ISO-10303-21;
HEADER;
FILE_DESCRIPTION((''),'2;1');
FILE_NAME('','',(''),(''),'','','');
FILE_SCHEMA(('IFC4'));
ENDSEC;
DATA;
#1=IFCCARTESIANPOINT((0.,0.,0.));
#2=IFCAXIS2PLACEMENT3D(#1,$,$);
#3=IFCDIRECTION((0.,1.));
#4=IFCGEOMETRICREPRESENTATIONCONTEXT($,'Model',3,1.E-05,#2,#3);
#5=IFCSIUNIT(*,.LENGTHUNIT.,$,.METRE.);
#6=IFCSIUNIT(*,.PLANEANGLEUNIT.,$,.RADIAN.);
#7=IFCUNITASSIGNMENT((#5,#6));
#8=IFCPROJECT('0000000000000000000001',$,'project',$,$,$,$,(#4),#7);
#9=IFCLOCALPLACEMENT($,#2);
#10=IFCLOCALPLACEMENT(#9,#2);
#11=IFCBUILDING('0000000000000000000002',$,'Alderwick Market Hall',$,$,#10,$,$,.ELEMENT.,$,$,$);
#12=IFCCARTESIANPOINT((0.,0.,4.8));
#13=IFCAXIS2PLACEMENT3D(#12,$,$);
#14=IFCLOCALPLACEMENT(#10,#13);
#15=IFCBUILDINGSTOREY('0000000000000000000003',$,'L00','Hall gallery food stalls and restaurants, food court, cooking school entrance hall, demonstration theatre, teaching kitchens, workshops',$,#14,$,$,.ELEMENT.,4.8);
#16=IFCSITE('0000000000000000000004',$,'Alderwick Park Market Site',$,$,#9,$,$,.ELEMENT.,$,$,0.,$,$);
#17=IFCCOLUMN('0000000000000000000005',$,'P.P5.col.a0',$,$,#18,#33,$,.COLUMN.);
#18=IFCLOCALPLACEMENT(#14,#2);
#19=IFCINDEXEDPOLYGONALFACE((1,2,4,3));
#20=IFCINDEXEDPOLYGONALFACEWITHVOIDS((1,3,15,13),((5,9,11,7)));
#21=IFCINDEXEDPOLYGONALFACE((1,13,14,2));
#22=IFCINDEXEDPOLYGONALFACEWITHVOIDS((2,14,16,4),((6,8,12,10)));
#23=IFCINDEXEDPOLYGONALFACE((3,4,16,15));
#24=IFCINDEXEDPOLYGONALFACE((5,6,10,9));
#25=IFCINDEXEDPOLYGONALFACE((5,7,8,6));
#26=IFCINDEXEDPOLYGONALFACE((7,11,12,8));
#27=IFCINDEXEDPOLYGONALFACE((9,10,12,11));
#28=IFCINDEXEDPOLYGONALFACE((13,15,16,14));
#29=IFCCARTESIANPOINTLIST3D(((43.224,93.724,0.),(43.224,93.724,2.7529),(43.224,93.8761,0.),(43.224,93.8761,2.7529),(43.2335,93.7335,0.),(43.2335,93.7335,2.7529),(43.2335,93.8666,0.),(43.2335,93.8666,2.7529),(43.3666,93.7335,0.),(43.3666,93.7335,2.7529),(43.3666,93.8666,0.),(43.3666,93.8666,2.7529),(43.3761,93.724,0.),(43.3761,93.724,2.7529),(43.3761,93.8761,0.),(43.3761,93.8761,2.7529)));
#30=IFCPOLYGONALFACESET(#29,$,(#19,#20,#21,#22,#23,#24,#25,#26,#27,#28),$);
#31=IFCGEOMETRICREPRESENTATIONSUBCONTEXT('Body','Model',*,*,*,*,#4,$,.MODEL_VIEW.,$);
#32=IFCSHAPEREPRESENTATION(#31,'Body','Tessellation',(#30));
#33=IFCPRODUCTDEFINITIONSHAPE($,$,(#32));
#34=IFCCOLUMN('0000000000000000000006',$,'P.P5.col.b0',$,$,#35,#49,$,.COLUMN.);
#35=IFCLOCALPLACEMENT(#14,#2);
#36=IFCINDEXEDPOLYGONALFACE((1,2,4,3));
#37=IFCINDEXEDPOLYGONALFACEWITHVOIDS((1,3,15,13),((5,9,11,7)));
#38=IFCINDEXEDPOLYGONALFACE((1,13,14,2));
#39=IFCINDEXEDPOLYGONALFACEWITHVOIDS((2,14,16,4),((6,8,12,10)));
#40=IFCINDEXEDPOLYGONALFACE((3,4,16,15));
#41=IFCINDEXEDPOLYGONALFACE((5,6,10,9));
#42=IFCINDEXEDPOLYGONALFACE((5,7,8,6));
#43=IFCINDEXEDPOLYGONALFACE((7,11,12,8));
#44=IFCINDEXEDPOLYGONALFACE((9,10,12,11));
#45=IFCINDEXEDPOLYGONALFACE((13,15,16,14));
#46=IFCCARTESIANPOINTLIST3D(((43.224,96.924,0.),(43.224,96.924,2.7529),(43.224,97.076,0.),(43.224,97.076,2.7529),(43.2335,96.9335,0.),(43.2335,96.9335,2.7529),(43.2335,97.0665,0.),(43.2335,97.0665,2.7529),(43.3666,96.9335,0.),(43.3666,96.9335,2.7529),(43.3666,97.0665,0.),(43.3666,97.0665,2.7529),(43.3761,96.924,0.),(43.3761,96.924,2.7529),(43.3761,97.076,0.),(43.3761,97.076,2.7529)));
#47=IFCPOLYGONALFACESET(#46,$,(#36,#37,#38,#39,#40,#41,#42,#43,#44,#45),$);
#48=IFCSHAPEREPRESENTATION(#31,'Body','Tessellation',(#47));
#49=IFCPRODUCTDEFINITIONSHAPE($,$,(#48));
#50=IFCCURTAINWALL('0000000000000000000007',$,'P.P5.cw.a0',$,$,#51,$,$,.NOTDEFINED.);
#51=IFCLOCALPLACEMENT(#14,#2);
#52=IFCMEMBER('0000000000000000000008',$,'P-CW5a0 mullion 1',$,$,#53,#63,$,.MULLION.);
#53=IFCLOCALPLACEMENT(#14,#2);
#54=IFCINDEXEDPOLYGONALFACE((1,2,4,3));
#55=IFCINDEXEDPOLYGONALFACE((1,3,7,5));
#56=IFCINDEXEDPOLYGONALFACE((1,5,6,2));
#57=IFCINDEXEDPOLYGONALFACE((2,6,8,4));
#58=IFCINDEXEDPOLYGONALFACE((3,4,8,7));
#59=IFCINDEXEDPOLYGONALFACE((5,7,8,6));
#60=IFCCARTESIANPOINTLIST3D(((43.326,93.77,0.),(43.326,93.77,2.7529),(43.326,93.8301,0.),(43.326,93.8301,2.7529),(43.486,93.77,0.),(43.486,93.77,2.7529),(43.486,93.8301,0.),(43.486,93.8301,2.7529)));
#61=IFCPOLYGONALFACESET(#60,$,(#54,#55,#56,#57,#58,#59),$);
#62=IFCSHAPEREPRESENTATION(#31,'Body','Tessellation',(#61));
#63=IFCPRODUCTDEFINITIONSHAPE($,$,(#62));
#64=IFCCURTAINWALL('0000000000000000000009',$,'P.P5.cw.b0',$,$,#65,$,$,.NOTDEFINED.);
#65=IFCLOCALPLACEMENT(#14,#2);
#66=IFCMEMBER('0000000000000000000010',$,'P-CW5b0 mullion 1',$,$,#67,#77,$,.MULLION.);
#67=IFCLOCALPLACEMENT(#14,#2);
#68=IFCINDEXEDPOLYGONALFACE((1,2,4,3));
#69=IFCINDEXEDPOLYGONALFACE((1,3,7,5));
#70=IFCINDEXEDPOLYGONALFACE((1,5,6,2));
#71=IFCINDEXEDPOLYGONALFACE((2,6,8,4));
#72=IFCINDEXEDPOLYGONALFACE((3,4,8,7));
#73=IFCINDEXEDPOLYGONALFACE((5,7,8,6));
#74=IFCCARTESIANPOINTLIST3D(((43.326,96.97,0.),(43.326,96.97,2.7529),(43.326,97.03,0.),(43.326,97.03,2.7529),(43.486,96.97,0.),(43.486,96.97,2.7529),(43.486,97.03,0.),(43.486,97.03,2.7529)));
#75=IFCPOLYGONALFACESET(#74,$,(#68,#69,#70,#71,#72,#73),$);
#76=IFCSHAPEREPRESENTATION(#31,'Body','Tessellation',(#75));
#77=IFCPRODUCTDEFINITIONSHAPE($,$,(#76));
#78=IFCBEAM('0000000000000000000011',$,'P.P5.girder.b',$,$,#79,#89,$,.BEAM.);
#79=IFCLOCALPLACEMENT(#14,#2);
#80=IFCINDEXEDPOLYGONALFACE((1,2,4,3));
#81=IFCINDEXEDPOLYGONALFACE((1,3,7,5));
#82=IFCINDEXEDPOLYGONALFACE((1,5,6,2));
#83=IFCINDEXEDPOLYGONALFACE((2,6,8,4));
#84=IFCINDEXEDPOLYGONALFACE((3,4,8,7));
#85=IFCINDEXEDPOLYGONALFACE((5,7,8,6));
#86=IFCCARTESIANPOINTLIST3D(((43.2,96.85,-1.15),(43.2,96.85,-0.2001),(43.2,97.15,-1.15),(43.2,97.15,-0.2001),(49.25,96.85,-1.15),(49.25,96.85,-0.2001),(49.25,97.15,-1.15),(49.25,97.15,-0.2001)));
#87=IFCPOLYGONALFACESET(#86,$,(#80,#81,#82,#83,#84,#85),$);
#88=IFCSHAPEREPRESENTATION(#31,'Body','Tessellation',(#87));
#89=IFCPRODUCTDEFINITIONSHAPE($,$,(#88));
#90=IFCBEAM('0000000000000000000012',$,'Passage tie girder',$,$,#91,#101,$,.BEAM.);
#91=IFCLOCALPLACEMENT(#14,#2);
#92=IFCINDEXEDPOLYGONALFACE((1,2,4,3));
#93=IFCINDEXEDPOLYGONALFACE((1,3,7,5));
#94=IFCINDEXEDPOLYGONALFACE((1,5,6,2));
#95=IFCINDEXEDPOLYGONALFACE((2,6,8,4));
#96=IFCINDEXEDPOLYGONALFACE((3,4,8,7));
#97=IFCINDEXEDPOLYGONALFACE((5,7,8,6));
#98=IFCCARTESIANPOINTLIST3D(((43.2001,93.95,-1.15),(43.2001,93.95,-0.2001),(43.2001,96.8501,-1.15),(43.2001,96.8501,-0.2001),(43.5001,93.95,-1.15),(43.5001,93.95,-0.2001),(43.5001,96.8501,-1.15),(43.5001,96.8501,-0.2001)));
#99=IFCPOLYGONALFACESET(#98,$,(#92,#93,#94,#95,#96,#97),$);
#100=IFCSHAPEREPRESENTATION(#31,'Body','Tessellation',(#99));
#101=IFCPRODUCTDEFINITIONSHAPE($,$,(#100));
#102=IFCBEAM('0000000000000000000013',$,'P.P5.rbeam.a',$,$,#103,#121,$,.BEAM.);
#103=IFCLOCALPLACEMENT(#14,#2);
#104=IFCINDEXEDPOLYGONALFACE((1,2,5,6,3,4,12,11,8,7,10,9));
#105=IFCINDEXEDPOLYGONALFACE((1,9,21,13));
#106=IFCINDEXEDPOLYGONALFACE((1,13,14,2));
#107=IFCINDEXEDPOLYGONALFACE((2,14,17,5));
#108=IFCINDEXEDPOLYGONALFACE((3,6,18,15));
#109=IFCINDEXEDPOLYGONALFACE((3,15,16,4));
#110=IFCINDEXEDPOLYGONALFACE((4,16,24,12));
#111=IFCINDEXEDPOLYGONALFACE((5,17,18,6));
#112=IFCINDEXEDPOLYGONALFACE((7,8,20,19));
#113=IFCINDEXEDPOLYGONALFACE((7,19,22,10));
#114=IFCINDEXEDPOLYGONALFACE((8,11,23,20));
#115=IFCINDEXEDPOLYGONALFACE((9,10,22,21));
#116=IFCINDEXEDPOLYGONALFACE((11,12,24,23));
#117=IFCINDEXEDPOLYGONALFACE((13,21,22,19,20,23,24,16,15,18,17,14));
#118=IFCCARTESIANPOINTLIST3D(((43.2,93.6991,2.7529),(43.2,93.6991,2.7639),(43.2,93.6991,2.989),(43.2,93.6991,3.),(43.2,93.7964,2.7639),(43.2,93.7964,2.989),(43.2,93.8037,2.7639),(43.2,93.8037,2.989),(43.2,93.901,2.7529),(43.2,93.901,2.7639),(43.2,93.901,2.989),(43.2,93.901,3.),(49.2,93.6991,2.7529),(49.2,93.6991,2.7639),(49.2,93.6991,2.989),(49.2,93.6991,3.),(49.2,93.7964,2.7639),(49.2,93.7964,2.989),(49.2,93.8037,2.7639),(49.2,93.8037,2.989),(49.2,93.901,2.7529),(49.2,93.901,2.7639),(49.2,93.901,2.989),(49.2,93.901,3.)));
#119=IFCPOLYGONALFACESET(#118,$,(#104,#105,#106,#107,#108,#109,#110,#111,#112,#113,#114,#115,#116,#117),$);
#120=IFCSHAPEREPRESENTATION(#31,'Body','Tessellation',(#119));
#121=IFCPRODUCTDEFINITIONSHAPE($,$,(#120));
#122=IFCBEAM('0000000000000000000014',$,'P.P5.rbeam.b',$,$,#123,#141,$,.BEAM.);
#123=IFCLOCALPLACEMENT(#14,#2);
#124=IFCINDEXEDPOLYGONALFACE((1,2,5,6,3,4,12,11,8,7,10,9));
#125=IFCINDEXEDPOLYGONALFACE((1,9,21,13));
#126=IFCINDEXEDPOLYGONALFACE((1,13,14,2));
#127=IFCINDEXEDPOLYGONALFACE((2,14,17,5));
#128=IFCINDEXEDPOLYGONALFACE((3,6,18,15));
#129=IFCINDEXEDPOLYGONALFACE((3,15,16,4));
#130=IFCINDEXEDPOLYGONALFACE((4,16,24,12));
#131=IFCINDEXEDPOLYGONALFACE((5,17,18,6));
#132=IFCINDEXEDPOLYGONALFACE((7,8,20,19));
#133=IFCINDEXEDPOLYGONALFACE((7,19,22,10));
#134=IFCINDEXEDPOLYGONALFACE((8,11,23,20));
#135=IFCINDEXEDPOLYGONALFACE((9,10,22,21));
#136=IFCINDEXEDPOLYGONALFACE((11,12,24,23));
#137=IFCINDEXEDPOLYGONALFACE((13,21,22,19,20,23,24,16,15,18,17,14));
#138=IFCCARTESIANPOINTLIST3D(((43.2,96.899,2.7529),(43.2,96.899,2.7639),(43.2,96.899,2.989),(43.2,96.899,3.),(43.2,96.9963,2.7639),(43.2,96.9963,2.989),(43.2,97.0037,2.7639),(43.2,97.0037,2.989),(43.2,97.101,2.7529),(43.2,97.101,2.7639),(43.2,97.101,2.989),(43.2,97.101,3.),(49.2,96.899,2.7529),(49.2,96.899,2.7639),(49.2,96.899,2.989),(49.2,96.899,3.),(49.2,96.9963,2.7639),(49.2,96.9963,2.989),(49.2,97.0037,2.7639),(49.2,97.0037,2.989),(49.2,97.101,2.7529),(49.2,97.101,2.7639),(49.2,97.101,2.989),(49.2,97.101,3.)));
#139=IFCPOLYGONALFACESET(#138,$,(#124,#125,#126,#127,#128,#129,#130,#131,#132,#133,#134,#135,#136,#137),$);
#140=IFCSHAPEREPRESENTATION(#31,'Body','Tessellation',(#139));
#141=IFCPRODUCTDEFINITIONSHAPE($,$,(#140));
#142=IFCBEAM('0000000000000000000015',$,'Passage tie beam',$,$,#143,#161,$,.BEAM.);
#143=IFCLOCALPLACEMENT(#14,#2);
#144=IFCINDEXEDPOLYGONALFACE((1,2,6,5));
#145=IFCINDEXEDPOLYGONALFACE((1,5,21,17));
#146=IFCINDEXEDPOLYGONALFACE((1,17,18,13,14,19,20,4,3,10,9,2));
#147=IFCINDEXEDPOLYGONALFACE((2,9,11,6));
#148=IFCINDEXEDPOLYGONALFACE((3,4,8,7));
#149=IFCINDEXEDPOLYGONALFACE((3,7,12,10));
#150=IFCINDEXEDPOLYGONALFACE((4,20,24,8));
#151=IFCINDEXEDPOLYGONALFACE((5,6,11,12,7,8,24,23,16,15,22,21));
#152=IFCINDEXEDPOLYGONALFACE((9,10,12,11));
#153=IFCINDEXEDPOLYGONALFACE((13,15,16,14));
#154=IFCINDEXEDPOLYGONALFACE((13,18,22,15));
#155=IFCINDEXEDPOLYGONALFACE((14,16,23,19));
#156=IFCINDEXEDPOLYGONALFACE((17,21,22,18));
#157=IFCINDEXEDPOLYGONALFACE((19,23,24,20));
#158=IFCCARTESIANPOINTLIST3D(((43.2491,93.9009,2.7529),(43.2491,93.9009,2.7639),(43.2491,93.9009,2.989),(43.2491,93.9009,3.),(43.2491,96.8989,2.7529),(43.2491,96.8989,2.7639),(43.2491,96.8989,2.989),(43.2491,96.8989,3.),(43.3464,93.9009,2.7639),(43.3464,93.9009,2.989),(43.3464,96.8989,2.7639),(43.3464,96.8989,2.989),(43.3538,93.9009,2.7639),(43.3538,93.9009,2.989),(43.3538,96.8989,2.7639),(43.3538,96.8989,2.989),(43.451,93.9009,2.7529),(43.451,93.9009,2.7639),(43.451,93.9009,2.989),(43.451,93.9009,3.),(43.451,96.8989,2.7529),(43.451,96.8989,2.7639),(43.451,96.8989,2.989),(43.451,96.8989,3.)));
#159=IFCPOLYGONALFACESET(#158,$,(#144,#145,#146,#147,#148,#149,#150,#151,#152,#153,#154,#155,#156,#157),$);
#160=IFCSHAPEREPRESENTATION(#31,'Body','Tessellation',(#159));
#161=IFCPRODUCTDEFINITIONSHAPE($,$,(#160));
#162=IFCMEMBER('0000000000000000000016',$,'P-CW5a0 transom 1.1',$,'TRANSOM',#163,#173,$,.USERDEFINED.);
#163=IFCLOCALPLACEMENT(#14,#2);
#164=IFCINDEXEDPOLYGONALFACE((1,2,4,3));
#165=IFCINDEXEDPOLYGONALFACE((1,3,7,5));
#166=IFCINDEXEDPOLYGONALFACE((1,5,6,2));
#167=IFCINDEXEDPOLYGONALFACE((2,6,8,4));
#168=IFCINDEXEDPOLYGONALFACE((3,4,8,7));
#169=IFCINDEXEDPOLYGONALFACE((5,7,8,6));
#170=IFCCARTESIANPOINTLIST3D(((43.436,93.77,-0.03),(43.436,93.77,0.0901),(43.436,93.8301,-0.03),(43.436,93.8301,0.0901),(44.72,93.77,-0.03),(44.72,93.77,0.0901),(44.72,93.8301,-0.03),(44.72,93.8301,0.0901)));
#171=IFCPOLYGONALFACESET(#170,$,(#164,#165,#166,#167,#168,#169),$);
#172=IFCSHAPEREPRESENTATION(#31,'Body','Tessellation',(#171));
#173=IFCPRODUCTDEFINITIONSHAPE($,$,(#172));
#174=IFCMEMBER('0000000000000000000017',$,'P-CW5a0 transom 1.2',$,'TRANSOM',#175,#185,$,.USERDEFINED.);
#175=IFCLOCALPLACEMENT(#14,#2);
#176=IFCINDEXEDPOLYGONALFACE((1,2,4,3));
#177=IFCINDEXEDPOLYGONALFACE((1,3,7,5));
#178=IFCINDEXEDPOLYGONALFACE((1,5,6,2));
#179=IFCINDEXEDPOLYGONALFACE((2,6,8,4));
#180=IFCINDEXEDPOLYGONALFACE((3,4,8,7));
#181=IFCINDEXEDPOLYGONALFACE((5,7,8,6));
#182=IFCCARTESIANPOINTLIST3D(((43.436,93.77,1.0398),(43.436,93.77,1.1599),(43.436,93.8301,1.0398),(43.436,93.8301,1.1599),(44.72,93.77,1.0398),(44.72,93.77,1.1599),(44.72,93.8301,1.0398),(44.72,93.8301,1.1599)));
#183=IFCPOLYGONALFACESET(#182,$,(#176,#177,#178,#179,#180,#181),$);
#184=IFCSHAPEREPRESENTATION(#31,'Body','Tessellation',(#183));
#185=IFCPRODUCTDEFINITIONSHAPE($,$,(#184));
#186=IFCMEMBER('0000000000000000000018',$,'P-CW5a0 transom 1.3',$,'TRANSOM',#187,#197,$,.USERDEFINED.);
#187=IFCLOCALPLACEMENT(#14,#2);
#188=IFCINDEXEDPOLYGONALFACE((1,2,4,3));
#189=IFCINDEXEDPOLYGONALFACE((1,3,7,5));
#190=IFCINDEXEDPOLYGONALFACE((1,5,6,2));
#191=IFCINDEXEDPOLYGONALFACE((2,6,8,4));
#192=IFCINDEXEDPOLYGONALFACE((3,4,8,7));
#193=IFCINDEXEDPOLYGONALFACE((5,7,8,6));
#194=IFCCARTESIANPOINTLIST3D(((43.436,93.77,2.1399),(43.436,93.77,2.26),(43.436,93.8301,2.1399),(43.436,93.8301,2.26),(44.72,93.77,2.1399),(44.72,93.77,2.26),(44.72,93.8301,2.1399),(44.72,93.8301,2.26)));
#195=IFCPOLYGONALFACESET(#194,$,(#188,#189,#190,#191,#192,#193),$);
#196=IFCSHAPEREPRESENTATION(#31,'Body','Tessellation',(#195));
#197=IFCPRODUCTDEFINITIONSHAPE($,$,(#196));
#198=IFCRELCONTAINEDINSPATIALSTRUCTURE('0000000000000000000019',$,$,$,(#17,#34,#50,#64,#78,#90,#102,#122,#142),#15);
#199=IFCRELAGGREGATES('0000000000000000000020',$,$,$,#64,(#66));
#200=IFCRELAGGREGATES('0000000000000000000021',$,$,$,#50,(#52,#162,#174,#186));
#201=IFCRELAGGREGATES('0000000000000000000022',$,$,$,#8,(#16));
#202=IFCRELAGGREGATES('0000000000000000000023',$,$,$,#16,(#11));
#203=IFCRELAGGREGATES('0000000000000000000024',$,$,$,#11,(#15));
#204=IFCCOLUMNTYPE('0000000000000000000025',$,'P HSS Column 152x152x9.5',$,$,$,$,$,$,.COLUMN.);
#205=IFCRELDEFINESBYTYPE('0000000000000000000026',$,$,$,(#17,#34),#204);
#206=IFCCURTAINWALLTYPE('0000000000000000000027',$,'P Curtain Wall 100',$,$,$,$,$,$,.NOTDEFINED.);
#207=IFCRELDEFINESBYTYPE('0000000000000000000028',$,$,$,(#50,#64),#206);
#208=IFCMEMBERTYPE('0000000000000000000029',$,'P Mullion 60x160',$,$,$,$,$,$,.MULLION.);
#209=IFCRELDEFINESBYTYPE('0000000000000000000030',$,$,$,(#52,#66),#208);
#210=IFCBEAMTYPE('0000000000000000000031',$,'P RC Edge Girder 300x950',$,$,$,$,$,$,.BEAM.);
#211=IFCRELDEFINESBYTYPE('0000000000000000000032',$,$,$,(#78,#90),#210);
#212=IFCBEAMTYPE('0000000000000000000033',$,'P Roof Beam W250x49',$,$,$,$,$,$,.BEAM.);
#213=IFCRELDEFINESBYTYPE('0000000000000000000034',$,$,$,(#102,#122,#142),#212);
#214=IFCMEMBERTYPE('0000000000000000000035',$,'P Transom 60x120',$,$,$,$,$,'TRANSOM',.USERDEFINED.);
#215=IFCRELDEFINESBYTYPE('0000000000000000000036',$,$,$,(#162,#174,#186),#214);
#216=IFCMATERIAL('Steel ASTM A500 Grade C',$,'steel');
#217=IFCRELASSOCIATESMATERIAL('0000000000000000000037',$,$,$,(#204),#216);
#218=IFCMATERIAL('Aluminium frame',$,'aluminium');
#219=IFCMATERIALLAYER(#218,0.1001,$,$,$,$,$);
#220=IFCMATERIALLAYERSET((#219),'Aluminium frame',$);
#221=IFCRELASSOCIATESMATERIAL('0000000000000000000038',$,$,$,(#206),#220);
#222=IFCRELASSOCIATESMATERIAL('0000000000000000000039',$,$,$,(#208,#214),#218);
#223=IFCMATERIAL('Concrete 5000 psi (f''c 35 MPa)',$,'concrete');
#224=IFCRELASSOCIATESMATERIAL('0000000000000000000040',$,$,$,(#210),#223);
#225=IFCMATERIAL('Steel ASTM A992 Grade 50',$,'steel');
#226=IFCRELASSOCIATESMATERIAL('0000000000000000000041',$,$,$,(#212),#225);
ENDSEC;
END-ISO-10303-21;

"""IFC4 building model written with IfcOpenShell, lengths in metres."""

from ifc_helpers import new_model, si_unit, direction, frame, origin, origin_2d, place, context, subcontext, project, spatial, rectangle, hollow_rectangle, i_section, extrude, material, layer, layer_set, material_profile, profile_set, type_object, element, aggregate, save


model = new_model("IFC4")

# Units and contexts
model_context = context("Model", 3, precision=1e-05, world=origin(), true_north=direction((0.0, 1.0)))
body_context = subcontext(model_context, "Body", "Model", "MODEL_VIEW")
ifc_project = project(units=[si_unit("LENGTHUNIT", "METRE"), si_unit("PLANEANGLEUNIT", "RADIAN")], contexts=[model_context])

# Site, building, storey
site_placement = place(None, origin())
site = spatial("IfcSite", under=ifc_project, at=site_placement, Name="Alderwick Park Market Site", CompositionType="ELEMENT", RefElevation=0.0)
building_placement = place(site_placement, origin())
building = spatial("IfcBuilding", under=site, at=building_placement, Name="Alderwick Market Hall", CompositionType="ELEMENT")
storey_placement = place(building_placement, frame((0.0, 0.0, 4.8)))
storey = spatial("IfcBuildingStorey", under=building, at=storey_placement, Name="L00", Description="Hall gallery food stalls and restaurants, food court, cooking school entrance hall, demonstration theatre, teaching kitchens, workshops", CompositionType="ELEMENT", Elevation=4.8)

# Columns
ifc_material_1 = material(Name="Steel ASTM A500 Grade C", Category="steel")
ifc_material_profile_1 = material_profile(ifc_material_1, hollow_rectangle(XDim=0.1521, YDim=0.1521, WallThickness=0.0095, at=origin_2d()), Name="HSS152x152x9.5")
ifc_profile_set_1 = profile_set([ifc_material_profile_1], Name="Steel ASTM A500 Grade C")
column_type = type_object("IfcColumnType", Name="P HSS Column 152x152x9.5", PredefinedType="COLUMN", material=ifc_profile_set_1)
for number, where, z_axis, x_axis, name in (
    (1, (43.3, 93.8, 0.0), (0.0, 0.0, 1.0), (1.0, 0.0, 0.0), "P.P5.col.a0"),
    (2, (43.3, 97.0, 0.0), (0.0, 0.0, 1.0), (1.0, 0.0, 0.0), "P.P5.col.b0"),
):
    element("IfcColumn", number, at=place(storey_placement, frame(where, z_axis=z_axis, x_axis=x_axis)), inside=storey, type_object=column_type, Name=name, PredefinedType="COLUMN", context=body_context, shape_type="SweptSolid", body=[
        extrude(hollow_rectangle(XDim=0.1521, YDim=0.1521, WallThickness=0.0095, at=origin_2d()), origin(), (0.0, 0.0, 1.0), 2.7529),
    ])

# Curtain walls, members
ifc_material_2 = material(Name="Aluminium frame", Category="aluminium")
ifc_layer_1 = layer(ifc_material_2, 0.1001)
ifc_layer_set_1 = layer_set([ifc_layer_1], Name="Aluminium frame")
curtain_wall_type = type_object("IfcCurtainWallType", Name="P Curtain Wall 100", PredefinedType="NOTDEFINED", material=ifc_layer_set_1)
curtain_wall_1_placement = place(storey_placement, origin())
curtain_wall_1 = element("IfcCurtainWall", 3, at=curtain_wall_1_placement, inside=storey, type_object=curtain_wall_type, Name="P.P5.cw.a0", PredefinedType="NOTDEFINED")
ifc_material_profile_2 = material_profile(ifc_material_2, rectangle(XDim=0.0601, YDim=0.1599, at=origin_2d()), Name="P Mullion 60x160")
ifc_profile_set_2 = profile_set([ifc_material_profile_2], Name="Aluminium frame")
member_type_1 = type_object("IfcMemberType", Name="P Mullion 60x160", PredefinedType="MULLION", material=ifc_profile_set_2)
member_1_placement = place(storey_placement, frame((43.406, 93.8, 0.0), z_axis=(0.0, 0.0, 1.0), x_axis=(0.0, 1.0, 0.0)))
member_1 = element("IfcMember", 4, at=member_1_placement, type_object=member_type_1, Name="P-CW5a0 mullion 1", PredefinedType="MULLION", context=body_context, shape_type="SweptSolid", body=[
    extrude(rectangle(XDim=0.0601, YDim=0.1599, at=origin_2d()), origin(), (0.0, 0.0, 1.0), 2.7529),
])
curtain_wall_2_placement = place(storey_placement, origin())
curtain_wall_2 = element("IfcCurtainWall", 5, at=curtain_wall_2_placement, inside=storey, type_object=curtain_wall_type, Name="P.P5.cw.b0", PredefinedType="NOTDEFINED")
member_2_placement = place(storey_placement, frame((43.406, 97.0, 0.0), z_axis=(0.0, 0.0, 1.0), x_axis=(0.0, 1.0, 0.0)))
member_2 = element("IfcMember", 6, at=member_2_placement, type_object=member_type_1, Name="P-CW5b0 mullion 1", PredefinedType="MULLION", context=body_context, shape_type="SweptSolid", body=[
    extrude(rectangle(XDim=0.0601, YDim=0.1599, at=origin_2d()), origin(), (0.0, 0.0, 1.0), 2.7529),
])

# Beams
ifc_material_3 = material(Name="Concrete 5000 psi (f'c 35 MPa)", Category="concrete")
ifc_material_profile_3 = material_profile(ifc_material_3, rectangle(XDim=0.3, YDim=0.95, at=origin_2d()), Name="P RC Edge Girder 300x950")
ifc_profile_set_3 = profile_set([ifc_material_profile_3], Name="Concrete 5000 psi (f'c 35 MPa)")
beam_type_1 = type_object("IfcBeamType", Name="P RC Edge Girder 300x950", PredefinedType="BEAM", material=ifc_profile_set_3)
beam_1_placement = place(storey_placement, frame((43.2, 97.0, -0.675), z_axis=(1.0, 0.0, 0.0), x_axis=(0.0, 1.0, 0.0)))
element("IfcBeam", 7, at=beam_1_placement, inside=storey, type_object=beam_type_1, Name="P.P5.girder.b", PredefinedType="BEAM", context=body_context, shape_type="SweptSolid", body=[
    extrude(rectangle(XDim=0.3, YDim=0.95, at=origin_2d()), origin(), (0.0, 0.0, 1.0), 6.05),
])
beam_2_placement = place(storey_placement, frame((43.3501, 93.95, -0.675), z_axis=(0.0, 1.0, 0.0), x_axis=(-1.0, 0.0, 0.0)))
element("IfcBeam", 8, at=beam_2_placement, inside=storey, type_object=beam_type_1, Name="Passage tie girder", PredefinedType="BEAM", context=body_context, shape_type="SweptSolid", body=[
    extrude(rectangle(XDim=0.3, YDim=0.95, at=origin_2d()), origin(), (0.0, 0.0, 1.0), 2.9001),
])
ifc_material_4 = material(Name="Steel ASTM A992 Grade 50", Category="steel")
ifc_material_profile_4 = material_profile(ifc_material_4, i_section(OverallWidth=0.2019, OverallDepth=0.2471, WebThickness=0.0073, FlangeThickness=0.011, at=origin_2d()), Name="W250x49")
ifc_profile_set_4 = profile_set([ifc_material_profile_4], Name="Steel ASTM A992 Grade 50")
beam_type_2 = type_object("IfcBeamType", Name="P Roof Beam W250x49", PredefinedType="BEAM", material=ifc_profile_set_4)
for number, where, z_axis, x_axis, name in (
    (9, (43.2, 93.8, 2.8765), (1.0, 0.0, 0.0), (0.0, 1.0, 0.0), "P.P5.rbeam.a"),
    (10, (43.2, 97.0, 2.8765), (1.0, 0.0, 0.0), (0.0, 1.0, 0.0), "P.P5.rbeam.b"),
):
    element("IfcBeam", number, at=place(storey_placement, frame(where, z_axis=z_axis, x_axis=x_axis)), inside=storey, type_object=beam_type_2, Name=name, PredefinedType="BEAM", context=body_context, shape_type="SweptSolid", body=[
        extrude(i_section(OverallWidth=0.2019, OverallDepth=0.2471, WebThickness=0.0073, FlangeThickness=0.011, at=origin_2d()), origin(), (0.0, 0.0, 1.0), 6.0),
    ])
beam_3_placement = place(storey_placement, frame((43.3501, 93.9009, 2.8765), z_axis=(0.0, 1.0, 0.0), x_axis=(-1.0, 0.0, 0.0)))
element("IfcBeam", 11, at=beam_3_placement, inside=storey, type_object=beam_type_2, Name="Passage tie beam", PredefinedType="BEAM", context=body_context, shape_type="SweptSolid", body=[
    extrude(i_section(OverallWidth=0.2019, OverallDepth=0.2471, WebThickness=0.0073, FlangeThickness=0.011, at=origin_2d()), origin(), (0.0, 0.0, 1.0), 2.998),
])

# Members
ifc_material_profile_5 = material_profile(ifc_material_2, rectangle(XDim=0.0601, YDim=0.1201, at=origin_2d()), Name="P Transom 60x120")
ifc_profile_set_5 = profile_set([ifc_material_profile_5], Name="Aluminium frame")
member_type_2 = type_object("IfcMemberType", Name="P Transom 60x120", ElementType="TRANSOM", PredefinedType="USERDEFINED", material=ifc_profile_set_5)
member_3_placement = place(storey_placement, frame((43.436, 93.8, 0.03), z_axis=(1.0, 0.0, 0.0), x_axis=(0.0, 1.0, 0.0)))
member_3 = element("IfcMember", 12, at=member_3_placement, type_object=member_type_2, Name="P-CW5a0 transom 1.1", ObjectType="TRANSOM", PredefinedType="USERDEFINED", context=body_context, shape_type="SweptSolid", body=[
    extrude(rectangle(XDim=0.0601, YDim=0.1201, at=origin_2d()), origin(), (0.0, 0.0, 1.0), 1.2839),
])
member_4_placement = place(storey_placement, frame((43.436, 93.8, 1.0999), z_axis=(1.0, 0.0, 0.0), x_axis=(0.0, 1.0, 0.0)))
member_4 = element("IfcMember", 13, at=member_4_placement, type_object=member_type_2, Name="P-CW5a0 transom 1.2", ObjectType="TRANSOM", PredefinedType="USERDEFINED", context=body_context, shape_type="SweptSolid", body=[
    extrude(rectangle(XDim=0.0601, YDim=0.1201, at=origin_2d()), origin(), (0.0, 0.0, 1.0), 1.2839),
])
member_5_placement = place(storey_placement, frame((43.436, 93.8, 2.2), z_axis=(1.0, 0.0, 0.0), x_axis=(0.0, 1.0, 0.0)))
member_5 = element("IfcMember", 14, at=member_5_placement, type_object=member_type_2, Name="P-CW5a0 transom 1.3", ObjectType="TRANSOM", PredefinedType="USERDEFINED", context=body_context, shape_type="SweptSolid", body=[
    extrude(rectangle(XDim=0.0601, YDim=0.1201, at=origin_2d()), origin(), (0.0, 0.0, 1.0), 1.2839),
])
aggregate(curtain_wall_2, [member_2])

aggregate(curtain_wall_1, [member_1, member_3, member_4, member_5])

save(model, "model.ifc")
